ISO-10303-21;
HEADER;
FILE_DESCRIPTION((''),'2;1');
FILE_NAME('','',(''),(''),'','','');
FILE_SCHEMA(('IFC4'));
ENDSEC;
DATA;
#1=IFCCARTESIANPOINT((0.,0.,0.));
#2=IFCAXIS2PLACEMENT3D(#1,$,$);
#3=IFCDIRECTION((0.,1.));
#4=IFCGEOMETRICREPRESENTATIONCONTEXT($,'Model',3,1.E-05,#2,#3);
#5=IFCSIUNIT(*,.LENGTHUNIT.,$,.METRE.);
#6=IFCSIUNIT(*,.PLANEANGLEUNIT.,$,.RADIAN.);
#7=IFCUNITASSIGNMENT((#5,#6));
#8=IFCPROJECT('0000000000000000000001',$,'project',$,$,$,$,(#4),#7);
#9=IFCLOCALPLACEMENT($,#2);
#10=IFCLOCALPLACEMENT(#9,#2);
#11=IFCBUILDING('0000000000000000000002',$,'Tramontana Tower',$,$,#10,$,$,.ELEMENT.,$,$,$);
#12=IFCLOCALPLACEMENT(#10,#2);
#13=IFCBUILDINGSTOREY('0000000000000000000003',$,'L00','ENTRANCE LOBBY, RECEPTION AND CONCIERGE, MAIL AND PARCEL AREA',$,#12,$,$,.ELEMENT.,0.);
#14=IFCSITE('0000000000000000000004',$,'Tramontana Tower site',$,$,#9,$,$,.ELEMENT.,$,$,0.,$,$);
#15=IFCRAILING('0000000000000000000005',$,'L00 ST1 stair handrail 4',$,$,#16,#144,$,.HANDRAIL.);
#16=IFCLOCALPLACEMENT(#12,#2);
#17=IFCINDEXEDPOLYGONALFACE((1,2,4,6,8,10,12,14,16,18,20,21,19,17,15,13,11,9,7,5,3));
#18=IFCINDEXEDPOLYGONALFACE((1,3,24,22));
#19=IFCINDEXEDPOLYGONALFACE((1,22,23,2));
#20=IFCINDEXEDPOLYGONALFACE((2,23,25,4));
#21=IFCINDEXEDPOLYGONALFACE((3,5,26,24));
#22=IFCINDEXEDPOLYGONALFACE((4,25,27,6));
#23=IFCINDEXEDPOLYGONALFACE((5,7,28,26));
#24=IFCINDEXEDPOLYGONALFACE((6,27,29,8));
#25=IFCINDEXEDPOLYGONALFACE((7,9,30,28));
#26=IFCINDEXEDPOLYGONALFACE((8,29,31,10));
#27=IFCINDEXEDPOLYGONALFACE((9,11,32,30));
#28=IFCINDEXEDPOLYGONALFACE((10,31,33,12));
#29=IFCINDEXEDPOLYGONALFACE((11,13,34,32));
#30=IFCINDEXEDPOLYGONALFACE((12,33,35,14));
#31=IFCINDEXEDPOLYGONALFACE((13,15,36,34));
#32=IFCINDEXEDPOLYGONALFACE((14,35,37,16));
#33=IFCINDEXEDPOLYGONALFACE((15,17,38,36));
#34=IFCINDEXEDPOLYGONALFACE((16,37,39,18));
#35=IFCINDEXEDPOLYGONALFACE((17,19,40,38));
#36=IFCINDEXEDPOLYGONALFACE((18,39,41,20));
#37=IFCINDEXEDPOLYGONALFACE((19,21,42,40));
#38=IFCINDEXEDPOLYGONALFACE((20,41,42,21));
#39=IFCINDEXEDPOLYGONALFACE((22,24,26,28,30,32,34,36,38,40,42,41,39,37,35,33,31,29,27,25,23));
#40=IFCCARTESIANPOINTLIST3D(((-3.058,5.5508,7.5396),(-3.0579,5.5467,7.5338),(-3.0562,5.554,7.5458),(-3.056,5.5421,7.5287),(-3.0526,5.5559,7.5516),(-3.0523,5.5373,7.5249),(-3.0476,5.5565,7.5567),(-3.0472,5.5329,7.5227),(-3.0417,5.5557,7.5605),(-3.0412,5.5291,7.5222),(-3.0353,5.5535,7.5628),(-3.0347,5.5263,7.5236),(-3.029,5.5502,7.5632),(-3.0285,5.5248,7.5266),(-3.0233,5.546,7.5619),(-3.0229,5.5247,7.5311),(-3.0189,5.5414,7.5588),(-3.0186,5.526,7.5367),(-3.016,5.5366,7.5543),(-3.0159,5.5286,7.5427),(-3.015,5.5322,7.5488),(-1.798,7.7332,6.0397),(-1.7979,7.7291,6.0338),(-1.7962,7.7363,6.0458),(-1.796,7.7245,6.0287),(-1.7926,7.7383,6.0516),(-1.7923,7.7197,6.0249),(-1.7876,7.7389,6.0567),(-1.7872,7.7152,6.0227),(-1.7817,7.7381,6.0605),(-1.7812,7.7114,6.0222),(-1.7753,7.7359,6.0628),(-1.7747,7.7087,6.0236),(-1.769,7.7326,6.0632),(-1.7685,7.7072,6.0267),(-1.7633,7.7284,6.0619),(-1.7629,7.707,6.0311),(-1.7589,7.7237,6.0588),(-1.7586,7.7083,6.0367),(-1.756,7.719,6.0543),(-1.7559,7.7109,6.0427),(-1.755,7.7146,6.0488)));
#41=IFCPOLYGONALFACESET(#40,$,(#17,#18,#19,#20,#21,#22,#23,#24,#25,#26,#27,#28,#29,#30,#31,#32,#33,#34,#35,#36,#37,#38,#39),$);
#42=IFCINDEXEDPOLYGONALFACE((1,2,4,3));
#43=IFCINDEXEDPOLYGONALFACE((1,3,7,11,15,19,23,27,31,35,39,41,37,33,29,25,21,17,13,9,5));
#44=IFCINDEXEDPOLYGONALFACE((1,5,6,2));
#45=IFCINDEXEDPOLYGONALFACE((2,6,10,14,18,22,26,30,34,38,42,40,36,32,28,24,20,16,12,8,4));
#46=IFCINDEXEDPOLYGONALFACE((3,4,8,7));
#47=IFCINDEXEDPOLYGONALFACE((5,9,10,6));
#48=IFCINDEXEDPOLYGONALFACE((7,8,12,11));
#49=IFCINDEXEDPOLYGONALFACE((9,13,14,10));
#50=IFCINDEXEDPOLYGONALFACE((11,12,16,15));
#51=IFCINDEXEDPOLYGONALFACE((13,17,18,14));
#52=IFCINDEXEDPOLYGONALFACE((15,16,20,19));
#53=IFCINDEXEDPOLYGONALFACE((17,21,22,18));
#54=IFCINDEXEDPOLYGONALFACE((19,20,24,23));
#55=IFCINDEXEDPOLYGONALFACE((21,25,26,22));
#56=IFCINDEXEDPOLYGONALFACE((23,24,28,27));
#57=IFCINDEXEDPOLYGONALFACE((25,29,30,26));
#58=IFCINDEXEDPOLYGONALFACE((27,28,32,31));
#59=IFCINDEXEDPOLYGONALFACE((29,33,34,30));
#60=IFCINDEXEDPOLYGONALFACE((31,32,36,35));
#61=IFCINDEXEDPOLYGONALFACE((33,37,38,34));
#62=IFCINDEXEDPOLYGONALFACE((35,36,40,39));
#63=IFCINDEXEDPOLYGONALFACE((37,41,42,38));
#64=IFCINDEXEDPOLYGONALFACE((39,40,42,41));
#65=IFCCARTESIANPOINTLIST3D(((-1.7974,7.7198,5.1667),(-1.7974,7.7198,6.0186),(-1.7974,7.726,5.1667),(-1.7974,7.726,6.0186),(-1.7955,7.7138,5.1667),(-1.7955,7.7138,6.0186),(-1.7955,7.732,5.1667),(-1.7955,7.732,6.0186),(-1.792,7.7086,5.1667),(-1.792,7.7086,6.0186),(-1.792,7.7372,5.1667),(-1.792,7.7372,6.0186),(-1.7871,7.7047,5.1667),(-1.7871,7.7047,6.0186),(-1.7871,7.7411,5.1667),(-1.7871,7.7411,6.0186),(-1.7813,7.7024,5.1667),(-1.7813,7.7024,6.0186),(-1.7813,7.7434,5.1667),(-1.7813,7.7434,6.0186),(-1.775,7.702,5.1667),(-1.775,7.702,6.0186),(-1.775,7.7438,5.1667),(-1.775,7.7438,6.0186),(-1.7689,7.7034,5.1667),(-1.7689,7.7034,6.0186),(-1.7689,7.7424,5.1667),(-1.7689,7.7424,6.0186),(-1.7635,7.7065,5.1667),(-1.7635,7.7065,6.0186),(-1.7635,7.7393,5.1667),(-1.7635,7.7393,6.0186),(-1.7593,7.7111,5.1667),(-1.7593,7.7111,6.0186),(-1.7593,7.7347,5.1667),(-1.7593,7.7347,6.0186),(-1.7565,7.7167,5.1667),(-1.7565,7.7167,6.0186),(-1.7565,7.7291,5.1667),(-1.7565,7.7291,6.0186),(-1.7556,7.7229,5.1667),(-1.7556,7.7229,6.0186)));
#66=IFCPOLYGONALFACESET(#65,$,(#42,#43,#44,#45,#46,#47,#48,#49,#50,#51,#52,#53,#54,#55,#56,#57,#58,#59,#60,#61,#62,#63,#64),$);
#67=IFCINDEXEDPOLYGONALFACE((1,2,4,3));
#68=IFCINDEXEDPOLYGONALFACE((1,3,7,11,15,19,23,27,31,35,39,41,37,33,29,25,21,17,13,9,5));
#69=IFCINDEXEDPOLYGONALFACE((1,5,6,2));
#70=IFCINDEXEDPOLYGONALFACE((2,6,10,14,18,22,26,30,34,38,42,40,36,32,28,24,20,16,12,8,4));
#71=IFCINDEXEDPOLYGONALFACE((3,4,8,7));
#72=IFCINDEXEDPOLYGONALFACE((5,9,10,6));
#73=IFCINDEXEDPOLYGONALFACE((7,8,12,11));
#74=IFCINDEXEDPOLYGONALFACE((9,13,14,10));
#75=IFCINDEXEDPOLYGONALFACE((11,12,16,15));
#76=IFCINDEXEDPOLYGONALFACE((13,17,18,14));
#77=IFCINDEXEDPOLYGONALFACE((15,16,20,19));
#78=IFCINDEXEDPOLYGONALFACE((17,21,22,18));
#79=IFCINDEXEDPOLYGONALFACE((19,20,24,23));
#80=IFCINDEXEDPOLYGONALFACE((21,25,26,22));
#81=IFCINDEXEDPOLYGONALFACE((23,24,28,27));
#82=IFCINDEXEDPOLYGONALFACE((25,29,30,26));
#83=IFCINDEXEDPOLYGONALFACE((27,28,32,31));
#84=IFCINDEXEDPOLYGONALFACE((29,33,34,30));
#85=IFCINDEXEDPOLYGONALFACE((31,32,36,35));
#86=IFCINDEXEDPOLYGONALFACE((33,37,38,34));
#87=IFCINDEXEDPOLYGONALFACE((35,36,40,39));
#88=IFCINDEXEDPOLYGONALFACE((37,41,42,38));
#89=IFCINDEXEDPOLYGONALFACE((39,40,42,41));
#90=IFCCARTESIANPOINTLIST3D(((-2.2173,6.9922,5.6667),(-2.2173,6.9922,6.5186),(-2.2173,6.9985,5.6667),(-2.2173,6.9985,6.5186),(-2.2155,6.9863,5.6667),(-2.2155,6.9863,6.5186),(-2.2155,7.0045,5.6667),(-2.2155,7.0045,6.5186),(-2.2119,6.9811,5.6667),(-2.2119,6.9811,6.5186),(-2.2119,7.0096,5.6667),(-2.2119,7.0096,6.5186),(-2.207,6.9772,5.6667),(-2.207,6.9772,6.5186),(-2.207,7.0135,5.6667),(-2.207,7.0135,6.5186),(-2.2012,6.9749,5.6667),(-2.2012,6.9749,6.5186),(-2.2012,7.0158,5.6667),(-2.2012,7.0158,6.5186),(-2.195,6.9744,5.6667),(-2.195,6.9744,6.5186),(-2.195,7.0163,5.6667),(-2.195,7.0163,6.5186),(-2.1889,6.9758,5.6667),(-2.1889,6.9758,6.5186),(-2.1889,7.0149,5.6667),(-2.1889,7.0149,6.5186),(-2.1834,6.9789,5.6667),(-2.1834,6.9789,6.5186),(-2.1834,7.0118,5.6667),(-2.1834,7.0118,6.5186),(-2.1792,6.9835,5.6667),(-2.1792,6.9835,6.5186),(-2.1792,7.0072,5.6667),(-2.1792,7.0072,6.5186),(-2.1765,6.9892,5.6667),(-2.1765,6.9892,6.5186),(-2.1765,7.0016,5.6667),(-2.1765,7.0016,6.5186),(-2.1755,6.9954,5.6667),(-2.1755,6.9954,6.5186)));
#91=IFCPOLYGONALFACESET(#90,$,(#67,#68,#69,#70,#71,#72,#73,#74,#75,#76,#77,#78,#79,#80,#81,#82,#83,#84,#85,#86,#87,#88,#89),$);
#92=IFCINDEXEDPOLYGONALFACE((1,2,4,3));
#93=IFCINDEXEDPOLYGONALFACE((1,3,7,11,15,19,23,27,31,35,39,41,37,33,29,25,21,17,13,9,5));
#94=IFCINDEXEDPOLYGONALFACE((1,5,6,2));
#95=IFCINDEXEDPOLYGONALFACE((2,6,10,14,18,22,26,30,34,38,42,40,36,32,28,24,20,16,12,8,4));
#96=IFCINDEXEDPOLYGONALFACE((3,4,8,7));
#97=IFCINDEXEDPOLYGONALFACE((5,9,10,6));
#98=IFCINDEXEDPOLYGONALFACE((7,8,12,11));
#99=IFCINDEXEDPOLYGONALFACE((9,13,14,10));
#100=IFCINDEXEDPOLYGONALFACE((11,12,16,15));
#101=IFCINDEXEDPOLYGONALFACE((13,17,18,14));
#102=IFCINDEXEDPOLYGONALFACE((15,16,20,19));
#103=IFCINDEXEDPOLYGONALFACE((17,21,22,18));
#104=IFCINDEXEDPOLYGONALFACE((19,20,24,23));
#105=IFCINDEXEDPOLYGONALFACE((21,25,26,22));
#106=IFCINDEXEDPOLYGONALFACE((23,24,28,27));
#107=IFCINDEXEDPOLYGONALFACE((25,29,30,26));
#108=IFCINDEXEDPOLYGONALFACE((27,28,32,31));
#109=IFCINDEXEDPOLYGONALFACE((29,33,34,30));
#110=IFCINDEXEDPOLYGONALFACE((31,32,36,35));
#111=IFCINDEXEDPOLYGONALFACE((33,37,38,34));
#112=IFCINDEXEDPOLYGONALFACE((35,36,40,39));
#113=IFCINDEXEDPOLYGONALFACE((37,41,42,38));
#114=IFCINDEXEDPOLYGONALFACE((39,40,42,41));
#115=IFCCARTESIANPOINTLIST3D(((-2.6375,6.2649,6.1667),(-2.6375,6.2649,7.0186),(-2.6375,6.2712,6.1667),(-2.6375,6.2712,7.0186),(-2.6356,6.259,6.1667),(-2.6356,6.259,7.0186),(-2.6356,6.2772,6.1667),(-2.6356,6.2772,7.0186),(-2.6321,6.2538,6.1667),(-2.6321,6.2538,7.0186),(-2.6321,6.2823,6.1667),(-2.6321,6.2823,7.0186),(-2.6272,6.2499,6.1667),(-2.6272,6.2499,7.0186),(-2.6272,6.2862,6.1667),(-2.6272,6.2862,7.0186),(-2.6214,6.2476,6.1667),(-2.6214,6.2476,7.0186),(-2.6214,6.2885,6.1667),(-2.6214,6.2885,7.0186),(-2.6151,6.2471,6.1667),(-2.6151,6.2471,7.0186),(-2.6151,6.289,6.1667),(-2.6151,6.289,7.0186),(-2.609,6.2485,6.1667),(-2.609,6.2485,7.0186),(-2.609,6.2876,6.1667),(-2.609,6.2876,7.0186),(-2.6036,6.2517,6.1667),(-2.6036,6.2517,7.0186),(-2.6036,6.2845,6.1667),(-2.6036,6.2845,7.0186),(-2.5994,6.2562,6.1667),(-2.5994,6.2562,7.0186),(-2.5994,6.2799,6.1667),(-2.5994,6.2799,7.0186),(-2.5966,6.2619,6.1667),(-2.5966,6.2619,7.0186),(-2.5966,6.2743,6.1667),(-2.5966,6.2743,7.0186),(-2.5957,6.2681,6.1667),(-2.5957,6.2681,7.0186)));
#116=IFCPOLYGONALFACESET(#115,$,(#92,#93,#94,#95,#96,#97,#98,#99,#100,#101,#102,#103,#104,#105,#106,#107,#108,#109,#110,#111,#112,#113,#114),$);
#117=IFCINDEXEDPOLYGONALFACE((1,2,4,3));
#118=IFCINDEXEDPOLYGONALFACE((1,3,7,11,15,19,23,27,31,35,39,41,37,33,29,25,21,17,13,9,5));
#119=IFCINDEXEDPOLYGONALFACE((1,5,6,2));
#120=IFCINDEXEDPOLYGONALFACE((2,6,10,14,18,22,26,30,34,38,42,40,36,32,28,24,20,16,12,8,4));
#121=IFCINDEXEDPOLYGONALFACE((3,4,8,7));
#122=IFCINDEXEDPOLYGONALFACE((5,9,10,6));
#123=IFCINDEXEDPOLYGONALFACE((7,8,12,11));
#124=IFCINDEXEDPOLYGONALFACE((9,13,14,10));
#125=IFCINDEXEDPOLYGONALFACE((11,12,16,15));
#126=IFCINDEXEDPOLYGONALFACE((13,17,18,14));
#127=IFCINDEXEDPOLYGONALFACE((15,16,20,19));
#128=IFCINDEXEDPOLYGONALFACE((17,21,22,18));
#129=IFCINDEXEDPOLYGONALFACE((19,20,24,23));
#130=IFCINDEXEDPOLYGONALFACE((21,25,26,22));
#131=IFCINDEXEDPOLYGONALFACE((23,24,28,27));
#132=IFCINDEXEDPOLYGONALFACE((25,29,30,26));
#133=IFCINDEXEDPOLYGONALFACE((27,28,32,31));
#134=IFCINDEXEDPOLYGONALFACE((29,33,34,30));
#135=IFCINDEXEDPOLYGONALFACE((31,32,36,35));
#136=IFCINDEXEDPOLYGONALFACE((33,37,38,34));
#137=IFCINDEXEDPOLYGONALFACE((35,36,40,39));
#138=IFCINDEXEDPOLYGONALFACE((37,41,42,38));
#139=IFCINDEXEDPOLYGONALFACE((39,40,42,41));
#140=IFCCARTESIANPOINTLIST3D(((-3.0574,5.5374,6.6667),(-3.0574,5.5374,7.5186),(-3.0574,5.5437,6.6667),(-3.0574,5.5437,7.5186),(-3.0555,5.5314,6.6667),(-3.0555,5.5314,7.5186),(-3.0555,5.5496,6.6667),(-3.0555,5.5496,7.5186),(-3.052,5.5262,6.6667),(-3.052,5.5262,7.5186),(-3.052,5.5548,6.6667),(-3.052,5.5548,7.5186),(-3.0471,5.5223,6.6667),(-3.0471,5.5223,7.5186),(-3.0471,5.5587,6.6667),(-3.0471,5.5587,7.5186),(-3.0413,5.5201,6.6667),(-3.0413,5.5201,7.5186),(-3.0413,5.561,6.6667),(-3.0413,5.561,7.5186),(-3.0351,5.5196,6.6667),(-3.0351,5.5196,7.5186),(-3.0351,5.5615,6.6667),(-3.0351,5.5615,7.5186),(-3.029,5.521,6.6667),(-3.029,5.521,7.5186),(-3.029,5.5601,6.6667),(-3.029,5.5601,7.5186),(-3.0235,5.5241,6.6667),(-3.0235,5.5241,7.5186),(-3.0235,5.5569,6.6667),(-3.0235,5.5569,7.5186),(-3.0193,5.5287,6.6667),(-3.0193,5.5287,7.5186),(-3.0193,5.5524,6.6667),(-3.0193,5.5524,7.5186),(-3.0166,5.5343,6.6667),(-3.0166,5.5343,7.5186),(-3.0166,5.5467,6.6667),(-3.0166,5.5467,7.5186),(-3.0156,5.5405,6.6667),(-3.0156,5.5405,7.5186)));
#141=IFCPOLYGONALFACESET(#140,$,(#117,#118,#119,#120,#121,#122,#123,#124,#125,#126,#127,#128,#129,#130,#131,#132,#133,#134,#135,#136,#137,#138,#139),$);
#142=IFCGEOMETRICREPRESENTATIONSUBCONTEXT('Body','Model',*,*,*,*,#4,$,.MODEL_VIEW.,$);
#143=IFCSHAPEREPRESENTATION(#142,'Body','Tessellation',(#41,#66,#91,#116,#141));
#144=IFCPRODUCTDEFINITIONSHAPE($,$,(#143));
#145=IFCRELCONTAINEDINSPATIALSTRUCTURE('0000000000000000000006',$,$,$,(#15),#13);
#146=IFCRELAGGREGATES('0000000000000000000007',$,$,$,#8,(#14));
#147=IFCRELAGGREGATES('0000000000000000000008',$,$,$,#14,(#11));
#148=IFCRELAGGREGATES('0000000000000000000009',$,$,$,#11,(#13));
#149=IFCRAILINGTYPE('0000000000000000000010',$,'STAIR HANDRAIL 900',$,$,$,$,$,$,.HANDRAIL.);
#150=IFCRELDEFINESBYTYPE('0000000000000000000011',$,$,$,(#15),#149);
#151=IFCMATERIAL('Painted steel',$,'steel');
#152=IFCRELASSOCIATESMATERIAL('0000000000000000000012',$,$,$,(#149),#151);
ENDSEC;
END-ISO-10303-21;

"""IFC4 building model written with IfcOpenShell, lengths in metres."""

from ifc_helpers import new_model, si_unit, direction, frame, origin, origin_2d, place, context, subcontext, project, spatial, circle, extrude, material, type_object, element, save


model = new_model("IFC4")

# Units and contexts
model_context = context("Model", 3, precision=1e-05, world=origin(), true_north=direction((0.0, 1.0)))
body_context = subcontext(model_context, "Body", "Model", "MODEL_VIEW")
ifc_project = project(units=[si_unit("LENGTHUNIT", "METRE"), si_unit("PLANEANGLEUNIT", "RADIAN")], contexts=[model_context])

# Site, building, storey
site_placement = place(None, origin())
site = spatial("IfcSite", under=ifc_project, at=site_placement, Name="Tramontana Tower site", CompositionType="ELEMENT", RefElevation=0.0)
building_placement = place(site_placement, origin())
building = spatial("IfcBuilding", under=site, at=building_placement, Name="Tramontana Tower", CompositionType="ELEMENT")
storey_placement = place(building_placement, origin())
storey = spatial("IfcBuildingStorey", under=building, at=storey_placement, Name="L00", Description="ENTRANCE LOBBY, RECEPTION AND CONCIERGE, MAIL AND PARCEL AREA", CompositionType="ELEMENT", Elevation=0.0)

# Railing
ifc_material_1 = material(Name="Painted steel", Category="steel")
railing_type_1 = type_object("IfcRailingType", Name="STAIR HANDRAIL 900", PredefinedType="HANDRAIL", material=ifc_material_1)
for number, where, name in (
    (1, (-1.7766, 7.7229, 5.1667), "L00 ST1 stair handrail 4"),
):
    element("IfcRailing", number, at=place(storey_placement, frame(where)), inside=storey, type_object=railing_type_1, Name=name, PredefinedType="HANDRAIL", context=body_context, shape_type="SweptSolid", body=[
        extrude(circle(Radius=0.0239, at=origin_2d()), frame((0.0, 0.0, 0.876), z_axis=(-0.42965, -0.744167, 0.511485), x_axis=(0.866023, -0.500005, 0.0)), (0.0, 0.0, 1.0), 2.9326),
        extrude(circle(Radius=0.021, at=origin_2d()), origin(), (0.0, 0.0, 1.0), 0.8518),
        extrude(circle(Radius=0.021, at=origin_2d()), frame((-0.4199, -0.7275, 0.5)), (0.0, 0.0, 1.0), 0.8518),
        extrude(circle(Radius=0.021, at=origin_2d()), frame((-0.8401, -1.4548, 1.0)), (0.0, 0.0, 1.0), 0.8518),
        extrude(circle(Radius=0.021, at=origin_2d()), frame((-1.26, -2.1824, 1.5)), (0.0, 0.0, 1.0), 0.8518),
    ])

save(model, "model.ifc")
